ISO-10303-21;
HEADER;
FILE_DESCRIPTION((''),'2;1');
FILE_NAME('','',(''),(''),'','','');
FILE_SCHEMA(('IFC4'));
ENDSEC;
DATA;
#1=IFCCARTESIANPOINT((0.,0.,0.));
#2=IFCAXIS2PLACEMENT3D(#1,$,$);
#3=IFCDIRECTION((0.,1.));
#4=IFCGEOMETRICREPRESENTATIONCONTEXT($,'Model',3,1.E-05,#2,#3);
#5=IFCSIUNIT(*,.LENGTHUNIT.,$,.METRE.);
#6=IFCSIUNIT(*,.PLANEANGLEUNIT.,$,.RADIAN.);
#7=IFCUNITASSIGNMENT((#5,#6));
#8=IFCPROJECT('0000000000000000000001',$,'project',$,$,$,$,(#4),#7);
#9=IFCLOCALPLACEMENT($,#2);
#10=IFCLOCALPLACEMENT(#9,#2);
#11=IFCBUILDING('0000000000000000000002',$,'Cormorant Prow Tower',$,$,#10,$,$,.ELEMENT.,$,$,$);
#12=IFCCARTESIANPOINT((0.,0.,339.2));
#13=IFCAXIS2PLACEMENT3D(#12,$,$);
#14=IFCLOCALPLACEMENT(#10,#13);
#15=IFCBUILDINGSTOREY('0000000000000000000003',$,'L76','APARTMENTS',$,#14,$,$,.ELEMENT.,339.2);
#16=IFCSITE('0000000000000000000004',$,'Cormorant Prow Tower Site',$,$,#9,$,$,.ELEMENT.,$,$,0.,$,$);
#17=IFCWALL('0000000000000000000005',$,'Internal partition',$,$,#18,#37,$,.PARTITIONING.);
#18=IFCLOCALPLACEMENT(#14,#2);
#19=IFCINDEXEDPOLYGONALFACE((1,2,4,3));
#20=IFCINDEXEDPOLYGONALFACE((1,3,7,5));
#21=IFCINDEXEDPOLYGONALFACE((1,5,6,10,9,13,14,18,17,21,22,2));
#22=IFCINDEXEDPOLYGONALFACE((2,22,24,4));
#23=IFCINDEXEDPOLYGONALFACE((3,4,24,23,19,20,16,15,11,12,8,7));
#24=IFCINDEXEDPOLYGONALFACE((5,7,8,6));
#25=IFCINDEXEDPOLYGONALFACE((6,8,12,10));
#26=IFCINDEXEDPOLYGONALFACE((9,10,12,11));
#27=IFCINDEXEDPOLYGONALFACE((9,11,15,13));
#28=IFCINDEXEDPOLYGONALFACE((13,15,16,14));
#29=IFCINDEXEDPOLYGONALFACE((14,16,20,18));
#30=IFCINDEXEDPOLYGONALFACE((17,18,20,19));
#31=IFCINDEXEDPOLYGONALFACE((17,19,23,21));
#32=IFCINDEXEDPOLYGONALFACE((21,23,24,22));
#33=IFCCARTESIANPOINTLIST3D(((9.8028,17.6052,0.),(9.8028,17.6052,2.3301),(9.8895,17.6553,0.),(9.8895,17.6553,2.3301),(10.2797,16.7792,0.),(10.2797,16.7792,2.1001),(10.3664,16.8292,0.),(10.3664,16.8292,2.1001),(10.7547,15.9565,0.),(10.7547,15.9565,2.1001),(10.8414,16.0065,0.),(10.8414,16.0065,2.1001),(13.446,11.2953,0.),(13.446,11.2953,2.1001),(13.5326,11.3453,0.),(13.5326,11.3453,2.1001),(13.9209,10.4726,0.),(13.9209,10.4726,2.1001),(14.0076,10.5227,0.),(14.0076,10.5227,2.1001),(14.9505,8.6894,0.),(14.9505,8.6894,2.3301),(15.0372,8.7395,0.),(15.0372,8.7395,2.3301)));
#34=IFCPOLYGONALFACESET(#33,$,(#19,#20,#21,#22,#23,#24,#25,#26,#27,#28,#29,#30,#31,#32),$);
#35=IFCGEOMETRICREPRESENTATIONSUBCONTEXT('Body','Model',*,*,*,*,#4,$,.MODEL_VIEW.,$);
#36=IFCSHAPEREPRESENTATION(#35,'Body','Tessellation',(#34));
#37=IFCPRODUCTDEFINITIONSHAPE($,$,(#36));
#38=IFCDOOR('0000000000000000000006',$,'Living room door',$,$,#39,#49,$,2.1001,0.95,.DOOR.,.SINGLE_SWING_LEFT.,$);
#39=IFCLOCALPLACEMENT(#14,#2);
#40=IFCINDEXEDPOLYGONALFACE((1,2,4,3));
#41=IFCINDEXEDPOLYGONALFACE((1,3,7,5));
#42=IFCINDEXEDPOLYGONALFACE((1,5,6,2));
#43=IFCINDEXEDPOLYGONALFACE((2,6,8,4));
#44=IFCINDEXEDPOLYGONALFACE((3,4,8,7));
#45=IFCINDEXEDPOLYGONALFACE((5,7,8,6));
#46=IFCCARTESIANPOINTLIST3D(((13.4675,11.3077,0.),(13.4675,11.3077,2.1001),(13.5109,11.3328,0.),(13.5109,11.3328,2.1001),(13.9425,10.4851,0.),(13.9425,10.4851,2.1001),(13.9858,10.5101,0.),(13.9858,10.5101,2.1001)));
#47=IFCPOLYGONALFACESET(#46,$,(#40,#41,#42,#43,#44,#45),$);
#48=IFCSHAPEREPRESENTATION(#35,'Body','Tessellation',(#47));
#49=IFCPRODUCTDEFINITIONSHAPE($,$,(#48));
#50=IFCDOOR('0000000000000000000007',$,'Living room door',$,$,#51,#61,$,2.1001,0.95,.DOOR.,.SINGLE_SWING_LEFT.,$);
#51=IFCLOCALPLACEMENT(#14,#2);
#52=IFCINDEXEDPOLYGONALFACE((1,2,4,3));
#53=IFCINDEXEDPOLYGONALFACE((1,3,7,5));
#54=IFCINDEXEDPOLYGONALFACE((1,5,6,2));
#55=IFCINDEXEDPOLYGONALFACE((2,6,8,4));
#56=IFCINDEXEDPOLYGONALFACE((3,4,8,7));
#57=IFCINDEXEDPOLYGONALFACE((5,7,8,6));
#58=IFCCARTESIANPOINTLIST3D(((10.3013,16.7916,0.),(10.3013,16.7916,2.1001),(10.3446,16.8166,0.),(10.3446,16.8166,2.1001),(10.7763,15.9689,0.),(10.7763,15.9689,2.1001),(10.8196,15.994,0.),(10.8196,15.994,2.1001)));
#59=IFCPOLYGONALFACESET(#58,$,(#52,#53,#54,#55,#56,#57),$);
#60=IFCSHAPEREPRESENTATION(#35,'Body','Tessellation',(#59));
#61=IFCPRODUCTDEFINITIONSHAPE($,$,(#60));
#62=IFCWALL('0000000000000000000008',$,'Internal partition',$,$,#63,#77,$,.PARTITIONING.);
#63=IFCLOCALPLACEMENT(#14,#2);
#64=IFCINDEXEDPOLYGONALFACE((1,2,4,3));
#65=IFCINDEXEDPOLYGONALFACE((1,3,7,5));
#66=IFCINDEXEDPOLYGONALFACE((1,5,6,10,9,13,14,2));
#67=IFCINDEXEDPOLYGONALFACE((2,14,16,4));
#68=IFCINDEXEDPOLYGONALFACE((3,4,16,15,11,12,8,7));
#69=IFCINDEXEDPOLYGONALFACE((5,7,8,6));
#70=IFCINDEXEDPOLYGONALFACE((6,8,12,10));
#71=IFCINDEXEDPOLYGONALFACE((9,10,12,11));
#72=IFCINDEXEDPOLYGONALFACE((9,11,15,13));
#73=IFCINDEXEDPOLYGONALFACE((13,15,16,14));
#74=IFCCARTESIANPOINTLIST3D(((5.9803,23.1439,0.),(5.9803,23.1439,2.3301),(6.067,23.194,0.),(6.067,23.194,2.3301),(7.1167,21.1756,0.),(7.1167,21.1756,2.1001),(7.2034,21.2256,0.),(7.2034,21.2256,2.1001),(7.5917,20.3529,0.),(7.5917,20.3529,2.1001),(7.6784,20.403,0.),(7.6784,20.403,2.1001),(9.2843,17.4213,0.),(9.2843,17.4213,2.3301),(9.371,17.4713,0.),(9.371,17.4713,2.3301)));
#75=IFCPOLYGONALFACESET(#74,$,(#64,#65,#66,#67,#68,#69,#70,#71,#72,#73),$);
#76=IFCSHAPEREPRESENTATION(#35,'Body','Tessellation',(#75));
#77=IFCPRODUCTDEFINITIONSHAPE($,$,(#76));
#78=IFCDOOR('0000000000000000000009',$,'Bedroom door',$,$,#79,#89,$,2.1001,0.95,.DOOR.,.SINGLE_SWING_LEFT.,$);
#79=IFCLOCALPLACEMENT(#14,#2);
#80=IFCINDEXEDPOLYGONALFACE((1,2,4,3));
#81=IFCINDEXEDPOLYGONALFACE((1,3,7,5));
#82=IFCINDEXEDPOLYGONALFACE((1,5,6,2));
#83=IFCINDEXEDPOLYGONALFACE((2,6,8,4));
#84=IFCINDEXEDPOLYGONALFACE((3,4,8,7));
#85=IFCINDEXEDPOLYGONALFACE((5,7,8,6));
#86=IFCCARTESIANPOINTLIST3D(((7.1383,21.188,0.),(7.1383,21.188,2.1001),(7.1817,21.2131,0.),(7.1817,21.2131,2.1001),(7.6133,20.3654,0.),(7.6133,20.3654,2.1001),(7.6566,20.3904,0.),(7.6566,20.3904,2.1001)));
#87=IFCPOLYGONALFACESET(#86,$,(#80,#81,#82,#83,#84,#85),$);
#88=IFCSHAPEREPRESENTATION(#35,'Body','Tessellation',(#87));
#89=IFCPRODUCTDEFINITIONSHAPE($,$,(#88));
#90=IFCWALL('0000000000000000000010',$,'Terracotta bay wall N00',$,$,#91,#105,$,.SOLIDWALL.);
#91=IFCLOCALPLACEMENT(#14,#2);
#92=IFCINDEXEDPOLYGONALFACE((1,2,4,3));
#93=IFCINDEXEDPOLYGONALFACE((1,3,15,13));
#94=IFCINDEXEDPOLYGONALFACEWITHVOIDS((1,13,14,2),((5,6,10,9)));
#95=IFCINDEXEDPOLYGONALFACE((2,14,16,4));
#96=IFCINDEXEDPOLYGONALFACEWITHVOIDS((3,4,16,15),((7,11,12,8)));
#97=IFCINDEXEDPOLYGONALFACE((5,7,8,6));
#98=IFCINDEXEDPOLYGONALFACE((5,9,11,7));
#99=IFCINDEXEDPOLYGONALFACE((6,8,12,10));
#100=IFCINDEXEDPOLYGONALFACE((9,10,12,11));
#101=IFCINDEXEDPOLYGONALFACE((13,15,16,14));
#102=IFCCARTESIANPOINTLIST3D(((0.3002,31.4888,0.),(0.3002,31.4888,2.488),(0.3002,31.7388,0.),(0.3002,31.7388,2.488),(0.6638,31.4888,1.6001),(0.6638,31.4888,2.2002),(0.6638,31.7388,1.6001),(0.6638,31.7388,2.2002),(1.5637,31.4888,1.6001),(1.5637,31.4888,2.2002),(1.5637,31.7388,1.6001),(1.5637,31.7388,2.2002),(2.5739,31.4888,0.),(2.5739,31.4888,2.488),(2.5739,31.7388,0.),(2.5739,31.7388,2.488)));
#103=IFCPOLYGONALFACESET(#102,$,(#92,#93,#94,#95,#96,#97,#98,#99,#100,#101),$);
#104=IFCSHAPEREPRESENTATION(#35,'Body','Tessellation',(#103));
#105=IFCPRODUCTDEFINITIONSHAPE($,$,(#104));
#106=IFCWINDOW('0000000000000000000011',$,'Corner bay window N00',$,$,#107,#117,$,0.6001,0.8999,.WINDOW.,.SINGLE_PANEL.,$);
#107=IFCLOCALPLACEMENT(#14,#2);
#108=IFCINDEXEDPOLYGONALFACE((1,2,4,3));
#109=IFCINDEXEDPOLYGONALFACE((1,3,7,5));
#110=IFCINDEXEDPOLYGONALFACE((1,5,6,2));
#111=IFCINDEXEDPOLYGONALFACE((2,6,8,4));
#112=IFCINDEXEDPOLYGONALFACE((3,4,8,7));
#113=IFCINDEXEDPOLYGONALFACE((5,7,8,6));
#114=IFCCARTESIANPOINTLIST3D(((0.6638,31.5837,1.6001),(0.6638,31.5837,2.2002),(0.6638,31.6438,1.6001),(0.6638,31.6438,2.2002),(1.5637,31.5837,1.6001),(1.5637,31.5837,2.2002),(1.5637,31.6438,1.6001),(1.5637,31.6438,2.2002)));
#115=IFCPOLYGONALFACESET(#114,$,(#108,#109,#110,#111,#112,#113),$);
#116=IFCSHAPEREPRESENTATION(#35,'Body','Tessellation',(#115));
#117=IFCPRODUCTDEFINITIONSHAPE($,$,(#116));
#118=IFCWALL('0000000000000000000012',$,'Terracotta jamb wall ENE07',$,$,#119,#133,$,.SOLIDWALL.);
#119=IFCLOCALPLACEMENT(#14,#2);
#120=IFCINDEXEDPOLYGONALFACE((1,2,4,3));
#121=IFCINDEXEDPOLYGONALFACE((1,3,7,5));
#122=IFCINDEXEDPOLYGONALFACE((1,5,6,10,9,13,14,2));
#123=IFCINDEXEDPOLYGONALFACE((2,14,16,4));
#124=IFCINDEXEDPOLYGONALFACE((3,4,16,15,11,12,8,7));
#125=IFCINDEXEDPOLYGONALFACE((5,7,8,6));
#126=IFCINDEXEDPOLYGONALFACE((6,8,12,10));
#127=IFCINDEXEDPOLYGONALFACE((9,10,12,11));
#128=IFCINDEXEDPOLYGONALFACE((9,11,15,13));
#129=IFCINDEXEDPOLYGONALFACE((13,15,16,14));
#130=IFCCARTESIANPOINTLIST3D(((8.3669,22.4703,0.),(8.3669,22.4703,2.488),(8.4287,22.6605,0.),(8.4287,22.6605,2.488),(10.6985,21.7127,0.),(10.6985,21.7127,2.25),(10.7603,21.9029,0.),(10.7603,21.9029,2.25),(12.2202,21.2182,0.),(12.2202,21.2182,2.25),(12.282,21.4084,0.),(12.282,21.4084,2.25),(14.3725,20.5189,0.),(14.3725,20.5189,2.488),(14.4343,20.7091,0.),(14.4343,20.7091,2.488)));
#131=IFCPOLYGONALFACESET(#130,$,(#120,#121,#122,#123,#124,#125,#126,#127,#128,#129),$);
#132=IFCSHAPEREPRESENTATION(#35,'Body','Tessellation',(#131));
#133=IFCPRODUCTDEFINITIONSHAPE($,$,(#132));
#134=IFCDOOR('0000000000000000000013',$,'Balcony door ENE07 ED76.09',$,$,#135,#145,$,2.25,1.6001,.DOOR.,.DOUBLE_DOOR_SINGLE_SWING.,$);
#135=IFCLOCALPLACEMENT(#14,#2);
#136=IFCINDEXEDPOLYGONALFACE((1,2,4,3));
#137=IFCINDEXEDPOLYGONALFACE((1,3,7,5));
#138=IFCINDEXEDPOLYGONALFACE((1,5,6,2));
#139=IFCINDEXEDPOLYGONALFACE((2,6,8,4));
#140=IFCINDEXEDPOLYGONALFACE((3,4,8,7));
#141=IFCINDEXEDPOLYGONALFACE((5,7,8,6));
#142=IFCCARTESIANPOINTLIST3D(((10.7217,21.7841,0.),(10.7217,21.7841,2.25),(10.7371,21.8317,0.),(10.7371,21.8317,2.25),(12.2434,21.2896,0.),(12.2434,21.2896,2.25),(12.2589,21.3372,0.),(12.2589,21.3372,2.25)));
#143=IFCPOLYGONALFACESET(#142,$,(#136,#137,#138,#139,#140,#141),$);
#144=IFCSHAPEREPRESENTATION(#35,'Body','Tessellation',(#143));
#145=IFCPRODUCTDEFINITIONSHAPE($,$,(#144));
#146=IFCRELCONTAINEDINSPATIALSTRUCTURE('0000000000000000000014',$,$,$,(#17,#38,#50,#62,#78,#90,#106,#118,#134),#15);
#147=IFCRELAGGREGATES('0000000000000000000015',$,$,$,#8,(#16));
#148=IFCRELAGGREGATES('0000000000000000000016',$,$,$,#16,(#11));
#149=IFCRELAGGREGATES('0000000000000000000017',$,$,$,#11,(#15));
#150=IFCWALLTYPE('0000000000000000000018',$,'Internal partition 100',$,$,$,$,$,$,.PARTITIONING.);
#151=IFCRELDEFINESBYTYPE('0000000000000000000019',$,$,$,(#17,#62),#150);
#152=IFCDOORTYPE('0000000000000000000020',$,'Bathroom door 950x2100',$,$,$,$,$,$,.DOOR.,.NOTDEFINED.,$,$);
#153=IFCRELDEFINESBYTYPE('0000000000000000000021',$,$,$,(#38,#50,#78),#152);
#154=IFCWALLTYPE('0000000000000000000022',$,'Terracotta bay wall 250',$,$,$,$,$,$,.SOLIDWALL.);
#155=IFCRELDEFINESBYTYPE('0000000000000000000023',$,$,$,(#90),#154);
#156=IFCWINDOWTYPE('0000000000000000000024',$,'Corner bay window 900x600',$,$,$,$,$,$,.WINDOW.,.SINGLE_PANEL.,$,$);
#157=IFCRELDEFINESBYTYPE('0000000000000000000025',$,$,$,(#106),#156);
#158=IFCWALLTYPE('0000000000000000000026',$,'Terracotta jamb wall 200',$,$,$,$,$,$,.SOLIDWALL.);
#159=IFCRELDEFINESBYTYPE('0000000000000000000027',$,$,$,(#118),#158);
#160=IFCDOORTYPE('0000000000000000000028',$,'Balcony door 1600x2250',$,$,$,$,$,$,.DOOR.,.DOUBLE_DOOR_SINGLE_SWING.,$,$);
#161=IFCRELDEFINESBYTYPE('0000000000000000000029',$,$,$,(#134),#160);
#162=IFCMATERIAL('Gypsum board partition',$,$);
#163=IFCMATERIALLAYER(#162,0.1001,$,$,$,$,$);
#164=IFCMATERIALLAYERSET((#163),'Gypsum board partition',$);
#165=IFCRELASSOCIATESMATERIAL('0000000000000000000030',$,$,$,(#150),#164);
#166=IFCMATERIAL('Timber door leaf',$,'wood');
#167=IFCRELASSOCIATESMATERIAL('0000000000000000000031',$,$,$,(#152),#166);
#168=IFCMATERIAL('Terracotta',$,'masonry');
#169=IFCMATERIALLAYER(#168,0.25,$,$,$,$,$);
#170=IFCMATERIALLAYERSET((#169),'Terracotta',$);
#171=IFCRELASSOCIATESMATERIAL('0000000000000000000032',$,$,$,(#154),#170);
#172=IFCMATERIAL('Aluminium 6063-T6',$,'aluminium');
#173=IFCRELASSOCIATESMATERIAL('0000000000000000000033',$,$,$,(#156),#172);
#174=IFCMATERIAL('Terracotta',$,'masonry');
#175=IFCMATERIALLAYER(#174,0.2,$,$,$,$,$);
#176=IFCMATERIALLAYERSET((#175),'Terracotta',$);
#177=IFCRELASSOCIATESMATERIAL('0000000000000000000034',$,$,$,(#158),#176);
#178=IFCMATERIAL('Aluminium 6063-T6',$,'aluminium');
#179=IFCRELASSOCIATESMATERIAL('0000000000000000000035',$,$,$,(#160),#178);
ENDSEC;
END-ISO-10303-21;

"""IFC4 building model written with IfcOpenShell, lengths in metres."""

from ifc_helpers import new_model, si_unit, direction, frame, frame_2d, origin, place, context, subcontext, project, spatial, rectangle, extrude, material, layer, layer_set, type_object, element, fill, save


model = new_model("IFC4")

# Units and contexts
model_context = context("Model", 3, precision=1e-05, world=origin(), true_north=direction((0.0, 1.0)))
body_context = subcontext(model_context, "Body", "Model", "MODEL_VIEW")
ifc_project = project(units=[si_unit("LENGTHUNIT", "METRE"), si_unit("PLANEANGLEUNIT", "RADIAN")], contexts=[model_context])

# Site, building, storey
site_placement = place(None, origin())
site = spatial("IfcSite", under=ifc_project, at=site_placement, Name="Cormorant Prow Tower Site", CompositionType="ELEMENT", RefElevation=0.0)
building_placement = place(site_placement, origin())
building = spatial("IfcBuilding", under=site, at=building_placement, Name="Cormorant Prow Tower", CompositionType="ELEMENT")
storey_placement = place(building_placement, frame((0.0, 0.0, 339.2)))
storey = spatial("IfcBuildingStorey", under=building, at=storey_placement, Name="L76", Description="APARTMENTS", CompositionType="ELEMENT", Elevation=339.2)

# Wall, openings, doors
ifc_material_1 = material(Name="Gypsum board partition")
ifc_layer_1 = layer(ifc_material_1, 0.1001)
ifc_layer_set_1 = layer_set([ifc_layer_1], Name="Gypsum board partition")
wall_type_1 = type_object("IfcWallType", Name="Internal partition 100", PredefinedType="PARTITIONING", material=ifc_layer_set_1)
wall_1_placement = place(storey_placement, frame((9.8462, 17.6301, 0.0), z_axis=(0.0, 0.0, 1.0), x_axis=(0.500013, -0.866018, 0.0)))
wall_1 = element("IfcWall", 1, at=wall_1_placement, inside=storey, type_object=wall_type_1, Name="Internal partition", PredefinedType="PARTITIONING", context=body_context, shape_type="SweptSolid", body=[
    extrude(rectangle(XDim=10.2952, YDim=0.1001, at=frame_2d((5.1475, 0.0))), origin(), (0.0, 0.0, 1.0), 2.3301),
])
opening_1_placement = place(wall_1_placement, frame((7.2859, 0.0, 0.0)))
opening_1 = element("IfcOpeningElement", 2, at=opening_1_placement, cuts=wall_1, PredefinedType="OPENING", context=body_context, shape_type="SweptSolid", body=[
    extrude(rectangle(XDim=0.95, YDim=2.1001, at=frame_2d((0.4751, 1.05))), frame((0.0, 0.0601, 0.0), z_axis=(0.0, -1.0, 0.0), x_axis=(1.0, 0.0, 0.0)), (0.0, 0.0, 1.0), 0.1201),
])
opening_2_placement = place(wall_1_placement, frame((0.9536, 0.0, 0.0)))
opening_2 = element("IfcOpeningElement", 3, at=opening_2_placement, cuts=wall_1, PredefinedType="OPENING", context=body_context, shape_type="SweptSolid", body=[
    extrude(rectangle(XDim=0.95, YDim=2.1001, at=frame_2d((0.4751, 1.05))), frame((0.0, 0.0601, 0.0), z_axis=(0.0, -1.0, 0.0), x_axis=(1.0, 0.0, 0.0)), (0.0, 0.0, 1.0), 0.1201),
])
ifc_material_2 = material(Name="Timber door leaf", Category="wood")
door_type_1 = type_object("IfcDoorType", Name="Bathroom door 950x2100", OperationType="NOTDEFINED", PredefinedType="DOOR", material=ifc_material_2)
door_1_placement = place(opening_1_placement, origin())
door_1 = element("IfcDoor", 4, at=door_1_placement, inside=storey, type_object=door_type_1, Name="Living room door", OperationType="SINGLE_SWING_LEFT", OverallHeight=2.1001, OverallWidth=0.95, PredefinedType="DOOR", context=body_context, shape_type="SweptSolid", body=[
    extrude(rectangle(XDim=0.95, YDim=2.1001, at=frame_2d((0.4751, 1.05))), frame((0.0, 0.0249, 0.0), z_axis=(0.0, -1.0, 0.0), x_axis=(1.0, 0.0, 0.0)), (0.0, 0.0, 1.0), 0.05),
])
fill(opening_1, door_1)
door_2_placement = place(opening_2_placement, origin())
door_2 = element("IfcDoor", 5, at=door_2_placement, inside=storey, type_object=door_type_1, Name="Living room door", OperationType="SINGLE_SWING_LEFT", OverallHeight=2.1001, OverallWidth=0.95, PredefinedType="DOOR", context=body_context, shape_type="SweptSolid", body=[
    extrude(rectangle(XDim=0.95, YDim=2.1001, at=frame_2d((0.4751, 1.05))), frame((0.0, 0.0249, 0.0), z_axis=(0.0, -1.0, 0.0), x_axis=(1.0, 0.0, 0.0)), (0.0, 0.0, 1.0), 0.05),
])
fill(opening_2, door_2)

# Wall, opening, door
wall_2_placement = place(storey_placement, frame((6.0237, 23.1689, 0.0), z_axis=(0.0, 0.0, 1.0), x_axis=(0.499997, -0.866027, 0.0)))
wall_2 = element("IfcWall", 6, at=wall_2_placement, inside=storey, type_object=wall_type_1, Name="Internal partition", PredefinedType="PARTITIONING", context=body_context, shape_type="SweptSolid", body=[
    extrude(rectangle(XDim=6.6079, YDim=0.1001, at=frame_2d((3.304, 0.0))), origin(), (0.0, 0.0, 1.0), 2.3301),
])
opening_3_placement = place(wall_2_placement, frame((2.2727, 0.0, 0.0)))
opening_3 = element("IfcOpeningElement", 7, at=opening_3_placement, cuts=wall_2, PredefinedType="OPENING", context=body_context, shape_type="SweptSolid", body=[
    extrude(rectangle(XDim=0.95, YDim=2.1001, at=frame_2d((0.4751, 1.05))), frame((0.0, 0.0601, 0.0), z_axis=(0.0, -1.0, 0.0), x_axis=(1.0, 0.0, 0.0)), (0.0, 0.0, 1.0), 0.1201),
])
door_3_placement = place(opening_3_placement, origin())
door_3 = element("IfcDoor", 8, at=door_3_placement, inside=storey, type_object=door_type_1, Name="Bedroom door", OperationType="SINGLE_SWING_LEFT", OverallHeight=2.1001, OverallWidth=0.95, PredefinedType="DOOR", context=body_context, shape_type="SweptSolid", body=[
    extrude(rectangle(XDim=0.95, YDim=2.1001, at=frame_2d((0.4751, 1.05))), frame((0.0, 0.0249, 0.0), z_axis=(0.0, -1.0, 0.0), x_axis=(1.0, 0.0, 0.0)), (0.0, 0.0, 1.0), 0.05),
])
fill(opening_3, door_3)

# Wall, opening, window
ifc_material_3 = material(Name="Terracotta", Category="masonry")
ifc_layer_2 = layer(ifc_material_3, 0.25)
ifc_layer_set_2 = layer_set([ifc_layer_2], Name="Terracotta")
wall_type_2 = type_object("IfcWallType", Name="Terracotta bay wall 250", PredefinedType="SOLIDWALL", material=ifc_layer_set_2)
wall_3_placement = place(storey_placement, frame((2.5737, 31.6138, 0.0), z_axis=(0.0, 0.0, 1.0), x_axis=(-1.0, 0.0, 0.0)))
wall_3 = element("IfcWall", 9, at=wall_3_placement, inside=storey, type_object=wall_type_2, Name="Terracotta bay wall N00", PredefinedType="SOLIDWALL", context=body_context, shape_type="SweptSolid", body=[
    extrude(rectangle(XDim=2.2737, YDim=0.25, at=frame_2d((1.1367, 0.0))), origin(), (0.0, 0.0, 1.0), 2.488),
])
opening_4_placement = place(wall_3_placement, frame((1.01, 0.0, 1.6001)))
opening_4 = element("IfcOpeningElement", 10, at=opening_4_placement, cuts=wall_3, PredefinedType="OPENING", context=body_context, shape_type="SweptSolid", body=[
    extrude(rectangle(XDim=0.8999, YDim=0.6001, at=frame_2d((0.45, 0.3))), frame((0.0, 0.135, 0.0), z_axis=(0.0, -1.0, 0.0), x_axis=(1.0, 0.0, 0.0)), (0.0, 0.0, 1.0), 0.27),
])
ifc_material_4 = material(Name="Aluminium 6063-T6", Category="aluminium")
window_type = type_object("IfcWindowType", Name="Corner bay window 900x600", PartitioningType="SINGLE_PANEL", PredefinedType="WINDOW", material=ifc_material_4)
window_placement = place(opening_4_placement, origin())
window = element("IfcWindow", 11, at=window_placement, inside=storey, type_object=window_type, Name="Corner bay window N00", OverallHeight=0.6001, OverallWidth=0.8999, PartitioningType="SINGLE_PANEL", PredefinedType="WINDOW", context=body_context, shape_type="SweptSolid", body=[
    extrude(rectangle(XDim=0.8999, YDim=0.6001, at=frame_2d((0.45, 0.3))), frame((0.0, 0.03, 0.0), z_axis=(0.0, -1.0, 0.0), x_axis=(1.0, 0.0, 0.0)), (0.0, 0.0, 1.0), 0.0601),
])
fill(opening_4, window)

# Wall, opening, door
ifc_material_5 = material(Name="Terracotta", Category="masonry")
ifc_layer_3 = layer(ifc_material_5, 0.2)
ifc_layer_set_3 = layer_set([ifc_layer_3], Name="Terracotta")
wall_type_3 = type_object("IfcWallType", Name="Terracotta jamb wall 200", PredefinedType="SOLIDWALL", material=ifc_layer_set_3)
wall_4_placement = place(storey_placement, frame((14.4033, 20.614, 0.0), z_axis=(0.0, 0.0, 1.0), x_axis=(-0.951053, 0.309027, 0.0)))
wall_4 = element("IfcWall", 12, at=wall_4_placement, inside=storey, type_object=wall_type_3, Name="Terracotta jamb wall ENE07", PredefinedType="SOLIDWALL", context=body_context, shape_type="SweptSolid", body=[
    extrude(rectangle(XDim=6.3147, YDim=0.2, at=frame_2d((3.1572, 0.0))), origin(), (0.0, 0.0, 1.0), 2.488),
])
opening_5_placement = place(wall_4_placement, frame((2.2629, 0.0, 0.0)))
opening_5 = element("IfcOpeningElement", 13, at=opening_5_placement, cuts=wall_4, PredefinedType="OPENING", context=body_context, shape_type="SweptSolid", body=[
    extrude(rectangle(XDim=1.6001, YDim=2.25, at=frame_2d((0.8, 1.125))), frame((0.0, 0.1099, 0.0), z_axis=(0.0, -1.0, 0.0), x_axis=(1.0, 0.0, 0.0)), (0.0, 0.0, 1.0), 0.22),
])
ifc_material_6 = material(Name="Aluminium 6063-T6", Category="aluminium")
door_type_2 = type_object("IfcDoorType", Name="Balcony door 1600x2250", OperationType="DOUBLE_DOOR_SINGLE_SWING", PredefinedType="DOOR", material=ifc_material_6)
door_4_placement = place(opening_5_placement, origin())
door_4 = element("IfcDoor", 14, at=door_4_placement, inside=storey, type_object=door_type_2, Name="Balcony door ENE07 ED76.09", OperationType="DOUBLE_DOOR_SINGLE_SWING", OverallHeight=2.25, OverallWidth=1.6001, PredefinedType="DOOR", context=body_context, shape_type="SweptSolid", body=[
    extrude(rectangle(XDim=1.6001, YDim=2.25, at=frame_2d((0.8, 1.125))), frame((0.0, 0.0249, 0.0), z_axis=(0.0, -1.0, 0.0), x_axis=(1.0, 0.0, 0.0)), (0.0, 0.0, 1.0), 0.05),
])
fill(opening_5, door_4)

save(model, "model.ifc")
